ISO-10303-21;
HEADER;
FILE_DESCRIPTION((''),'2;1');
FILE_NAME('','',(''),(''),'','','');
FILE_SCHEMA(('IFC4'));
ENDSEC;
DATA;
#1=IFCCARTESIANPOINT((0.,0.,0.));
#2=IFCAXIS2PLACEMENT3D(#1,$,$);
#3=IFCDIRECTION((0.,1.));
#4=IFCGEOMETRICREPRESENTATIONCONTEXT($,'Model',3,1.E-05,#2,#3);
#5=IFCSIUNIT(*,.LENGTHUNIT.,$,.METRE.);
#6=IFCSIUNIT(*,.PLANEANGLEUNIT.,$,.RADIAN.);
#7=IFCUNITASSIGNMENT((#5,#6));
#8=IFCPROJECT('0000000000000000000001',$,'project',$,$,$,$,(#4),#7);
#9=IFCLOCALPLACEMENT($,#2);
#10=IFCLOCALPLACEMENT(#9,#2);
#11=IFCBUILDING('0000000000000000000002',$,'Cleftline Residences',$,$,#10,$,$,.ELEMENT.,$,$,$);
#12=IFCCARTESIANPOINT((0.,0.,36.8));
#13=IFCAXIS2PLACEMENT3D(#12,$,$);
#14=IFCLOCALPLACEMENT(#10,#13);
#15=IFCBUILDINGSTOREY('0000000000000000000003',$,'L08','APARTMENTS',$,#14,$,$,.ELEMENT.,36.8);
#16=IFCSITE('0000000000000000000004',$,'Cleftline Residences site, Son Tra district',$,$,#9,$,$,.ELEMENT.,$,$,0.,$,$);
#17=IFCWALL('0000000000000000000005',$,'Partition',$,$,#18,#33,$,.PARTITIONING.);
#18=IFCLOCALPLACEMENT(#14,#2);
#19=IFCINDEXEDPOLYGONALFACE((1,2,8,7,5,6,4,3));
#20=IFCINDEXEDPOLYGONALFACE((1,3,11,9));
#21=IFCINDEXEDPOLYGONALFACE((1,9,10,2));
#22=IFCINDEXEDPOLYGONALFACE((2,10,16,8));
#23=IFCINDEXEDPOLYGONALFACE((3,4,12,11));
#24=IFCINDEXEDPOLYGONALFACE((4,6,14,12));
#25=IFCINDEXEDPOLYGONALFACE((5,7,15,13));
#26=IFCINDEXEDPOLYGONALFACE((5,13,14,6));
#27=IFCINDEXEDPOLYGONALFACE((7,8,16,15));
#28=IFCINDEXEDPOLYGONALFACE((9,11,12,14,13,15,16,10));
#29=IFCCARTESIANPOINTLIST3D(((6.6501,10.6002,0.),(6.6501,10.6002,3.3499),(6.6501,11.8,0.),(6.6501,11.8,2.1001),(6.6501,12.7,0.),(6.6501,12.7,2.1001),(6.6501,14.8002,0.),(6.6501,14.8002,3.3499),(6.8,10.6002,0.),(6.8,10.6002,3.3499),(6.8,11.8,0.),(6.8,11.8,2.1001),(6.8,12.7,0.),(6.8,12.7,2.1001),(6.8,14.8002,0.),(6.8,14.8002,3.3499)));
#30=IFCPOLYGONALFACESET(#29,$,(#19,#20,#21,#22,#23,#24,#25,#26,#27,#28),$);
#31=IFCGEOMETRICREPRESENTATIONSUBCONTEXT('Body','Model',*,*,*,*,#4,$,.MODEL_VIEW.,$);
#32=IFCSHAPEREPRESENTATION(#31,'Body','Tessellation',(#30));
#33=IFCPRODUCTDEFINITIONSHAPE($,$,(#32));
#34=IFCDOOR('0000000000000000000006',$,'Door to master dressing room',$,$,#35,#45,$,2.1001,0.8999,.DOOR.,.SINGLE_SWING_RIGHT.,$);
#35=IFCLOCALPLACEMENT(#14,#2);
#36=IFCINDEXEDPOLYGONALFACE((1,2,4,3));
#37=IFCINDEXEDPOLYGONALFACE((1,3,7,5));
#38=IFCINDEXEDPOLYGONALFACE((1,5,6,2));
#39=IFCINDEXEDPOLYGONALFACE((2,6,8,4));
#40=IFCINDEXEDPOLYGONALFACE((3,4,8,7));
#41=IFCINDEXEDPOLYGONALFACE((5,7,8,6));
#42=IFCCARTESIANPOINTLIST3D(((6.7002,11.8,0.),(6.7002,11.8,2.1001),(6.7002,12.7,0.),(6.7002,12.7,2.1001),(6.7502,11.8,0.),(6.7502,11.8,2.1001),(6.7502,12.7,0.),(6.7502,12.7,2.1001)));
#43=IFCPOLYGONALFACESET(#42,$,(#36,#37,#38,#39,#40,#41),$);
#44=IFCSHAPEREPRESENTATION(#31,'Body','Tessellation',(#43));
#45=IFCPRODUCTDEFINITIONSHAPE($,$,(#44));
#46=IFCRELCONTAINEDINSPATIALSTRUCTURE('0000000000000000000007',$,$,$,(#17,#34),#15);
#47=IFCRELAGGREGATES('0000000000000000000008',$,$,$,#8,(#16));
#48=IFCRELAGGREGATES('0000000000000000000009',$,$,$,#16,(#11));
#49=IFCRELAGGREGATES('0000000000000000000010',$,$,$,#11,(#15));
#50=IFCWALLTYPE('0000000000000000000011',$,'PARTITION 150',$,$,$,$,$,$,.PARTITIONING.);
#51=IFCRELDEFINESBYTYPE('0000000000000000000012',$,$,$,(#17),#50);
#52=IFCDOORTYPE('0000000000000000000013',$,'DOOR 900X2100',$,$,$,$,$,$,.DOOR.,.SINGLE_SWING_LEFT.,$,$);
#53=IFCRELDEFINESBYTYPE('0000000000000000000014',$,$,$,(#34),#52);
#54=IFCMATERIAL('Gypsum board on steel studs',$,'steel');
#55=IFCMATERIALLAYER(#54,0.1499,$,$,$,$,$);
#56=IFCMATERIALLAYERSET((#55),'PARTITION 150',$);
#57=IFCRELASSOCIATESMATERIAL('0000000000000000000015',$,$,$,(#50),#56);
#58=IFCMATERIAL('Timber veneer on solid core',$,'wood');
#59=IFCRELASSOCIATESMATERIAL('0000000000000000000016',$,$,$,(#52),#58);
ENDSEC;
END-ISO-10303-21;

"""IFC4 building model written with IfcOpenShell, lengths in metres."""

from ifc_helpers import new_model, si_unit, direction, frame, frame_2d, origin, place, context, subcontext, project, spatial, rectangle, extrude, material, layer, layer_set, type_object, element, fill, save


model = new_model("IFC4")

# Units and contexts
model_context = context("Model", 3, precision=1e-05, world=origin(), true_north=direction((0.0, 1.0)))
body_context = subcontext(model_context, "Body", "Model", "MODEL_VIEW")
ifc_project = project(units=[si_unit("LENGTHUNIT", "METRE"), si_unit("PLANEANGLEUNIT", "RADIAN")], contexts=[model_context])

# Site, building, storey
site_placement = place(None, origin())
site = spatial("IfcSite", under=ifc_project, at=site_placement, Name="Cleftline Residences site, Son Tra district", CompositionType="ELEMENT", RefElevation=0.0)
building_placement = place(site_placement, origin())
building = spatial("IfcBuilding", under=site, at=building_placement, Name="Cleftline Residences", CompositionType="ELEMENT")
storey_placement = place(building_placement, frame((0.0, 0.0, 36.8)))
storey = spatial("IfcBuildingStorey", under=building, at=storey_placement, Name="L08", Description="APARTMENTS", CompositionType="ELEMENT", Elevation=36.8)

# Shared definitions
ifc_material_1 = material(Name="Gypsum board on steel studs", Category="steel")
ifc_layer = layer(ifc_material_1, 0.1499)
ifc_layer_set = layer_set([ifc_layer], Name="PARTITION 150")
wall_type = type_object("IfcWallType", Name="PARTITION 150", PredefinedType="PARTITIONING", material=ifc_layer_set)

# Wall, opening, door
ifc_material_2 = material(Name="Timber veneer on solid core", Category="wood")
door_type_1 = type_object("IfcDoorType", Name="DOOR 900X2100", OperationType="SINGLE_SWING_LEFT", PredefinedType="DOOR", material=ifc_material_2)
wall_1_placement = place(storey_placement, frame((6.7251, 10.6001, 0.0), z_axis=(0.0, 0.0, 1.0), x_axis=(0.0, 1.0, 0.0)))
wall_1 = element("IfcWall", 1, at=wall_1_placement, inside=storey, type_object=wall_type, Name="Partition", PredefinedType="PARTITIONING", context=body_context, shape_type="SweptSolid", body=[
    extrude(rectangle(XDim=4.2, YDim=0.1499, at=frame_2d((2.1001, 0.0))), origin(), (0.0, 0.0, 1.0), 3.3499),
])
opening_1_placement = place(wall_1_placement, frame((1.2, 0.0, 0.0)))
opening_1 = element("IfcOpeningElement", 2, at=opening_1_placement, cuts=wall_1, PredefinedType="OPENING", context=body_context, shape_type="SweptSolid", body=[
    extrude(rectangle(XDim=0.8999, YDim=2.1001, at=frame_2d((0.45, 1.05))), frame((0.0, 0.085, 0.0), z_axis=(0.0, -1.0, 0.0), x_axis=(1.0, 0.0, 0.0)), (0.0, 0.0, 1.0), 0.1699),
])
door_1_placement = place(opening_1_placement, origin())
door_1 = element("IfcDoor", 3, at=door_1_placement, inside=storey, type_object=door_type_1, Name="Door to master dressing room", OperationType="SINGLE_SWING_RIGHT", OverallHeight=2.1001, OverallWidth=0.8999, PredefinedType="DOOR", context=body_context, shape_type="SweptSolid", body=[
    extrude(rectangle(XDim=0.8999, YDim=2.1001, at=frame_2d((0.45, 1.05))), frame((0.0, 0.0249, 0.0), z_axis=(0.0, -1.0, 0.0), x_axis=(1.0, 0.0, 0.0)), (0.0, 0.0, 1.0), 0.05),
])
fill(opening_1, door_1)

save(model, "model.ifc")
